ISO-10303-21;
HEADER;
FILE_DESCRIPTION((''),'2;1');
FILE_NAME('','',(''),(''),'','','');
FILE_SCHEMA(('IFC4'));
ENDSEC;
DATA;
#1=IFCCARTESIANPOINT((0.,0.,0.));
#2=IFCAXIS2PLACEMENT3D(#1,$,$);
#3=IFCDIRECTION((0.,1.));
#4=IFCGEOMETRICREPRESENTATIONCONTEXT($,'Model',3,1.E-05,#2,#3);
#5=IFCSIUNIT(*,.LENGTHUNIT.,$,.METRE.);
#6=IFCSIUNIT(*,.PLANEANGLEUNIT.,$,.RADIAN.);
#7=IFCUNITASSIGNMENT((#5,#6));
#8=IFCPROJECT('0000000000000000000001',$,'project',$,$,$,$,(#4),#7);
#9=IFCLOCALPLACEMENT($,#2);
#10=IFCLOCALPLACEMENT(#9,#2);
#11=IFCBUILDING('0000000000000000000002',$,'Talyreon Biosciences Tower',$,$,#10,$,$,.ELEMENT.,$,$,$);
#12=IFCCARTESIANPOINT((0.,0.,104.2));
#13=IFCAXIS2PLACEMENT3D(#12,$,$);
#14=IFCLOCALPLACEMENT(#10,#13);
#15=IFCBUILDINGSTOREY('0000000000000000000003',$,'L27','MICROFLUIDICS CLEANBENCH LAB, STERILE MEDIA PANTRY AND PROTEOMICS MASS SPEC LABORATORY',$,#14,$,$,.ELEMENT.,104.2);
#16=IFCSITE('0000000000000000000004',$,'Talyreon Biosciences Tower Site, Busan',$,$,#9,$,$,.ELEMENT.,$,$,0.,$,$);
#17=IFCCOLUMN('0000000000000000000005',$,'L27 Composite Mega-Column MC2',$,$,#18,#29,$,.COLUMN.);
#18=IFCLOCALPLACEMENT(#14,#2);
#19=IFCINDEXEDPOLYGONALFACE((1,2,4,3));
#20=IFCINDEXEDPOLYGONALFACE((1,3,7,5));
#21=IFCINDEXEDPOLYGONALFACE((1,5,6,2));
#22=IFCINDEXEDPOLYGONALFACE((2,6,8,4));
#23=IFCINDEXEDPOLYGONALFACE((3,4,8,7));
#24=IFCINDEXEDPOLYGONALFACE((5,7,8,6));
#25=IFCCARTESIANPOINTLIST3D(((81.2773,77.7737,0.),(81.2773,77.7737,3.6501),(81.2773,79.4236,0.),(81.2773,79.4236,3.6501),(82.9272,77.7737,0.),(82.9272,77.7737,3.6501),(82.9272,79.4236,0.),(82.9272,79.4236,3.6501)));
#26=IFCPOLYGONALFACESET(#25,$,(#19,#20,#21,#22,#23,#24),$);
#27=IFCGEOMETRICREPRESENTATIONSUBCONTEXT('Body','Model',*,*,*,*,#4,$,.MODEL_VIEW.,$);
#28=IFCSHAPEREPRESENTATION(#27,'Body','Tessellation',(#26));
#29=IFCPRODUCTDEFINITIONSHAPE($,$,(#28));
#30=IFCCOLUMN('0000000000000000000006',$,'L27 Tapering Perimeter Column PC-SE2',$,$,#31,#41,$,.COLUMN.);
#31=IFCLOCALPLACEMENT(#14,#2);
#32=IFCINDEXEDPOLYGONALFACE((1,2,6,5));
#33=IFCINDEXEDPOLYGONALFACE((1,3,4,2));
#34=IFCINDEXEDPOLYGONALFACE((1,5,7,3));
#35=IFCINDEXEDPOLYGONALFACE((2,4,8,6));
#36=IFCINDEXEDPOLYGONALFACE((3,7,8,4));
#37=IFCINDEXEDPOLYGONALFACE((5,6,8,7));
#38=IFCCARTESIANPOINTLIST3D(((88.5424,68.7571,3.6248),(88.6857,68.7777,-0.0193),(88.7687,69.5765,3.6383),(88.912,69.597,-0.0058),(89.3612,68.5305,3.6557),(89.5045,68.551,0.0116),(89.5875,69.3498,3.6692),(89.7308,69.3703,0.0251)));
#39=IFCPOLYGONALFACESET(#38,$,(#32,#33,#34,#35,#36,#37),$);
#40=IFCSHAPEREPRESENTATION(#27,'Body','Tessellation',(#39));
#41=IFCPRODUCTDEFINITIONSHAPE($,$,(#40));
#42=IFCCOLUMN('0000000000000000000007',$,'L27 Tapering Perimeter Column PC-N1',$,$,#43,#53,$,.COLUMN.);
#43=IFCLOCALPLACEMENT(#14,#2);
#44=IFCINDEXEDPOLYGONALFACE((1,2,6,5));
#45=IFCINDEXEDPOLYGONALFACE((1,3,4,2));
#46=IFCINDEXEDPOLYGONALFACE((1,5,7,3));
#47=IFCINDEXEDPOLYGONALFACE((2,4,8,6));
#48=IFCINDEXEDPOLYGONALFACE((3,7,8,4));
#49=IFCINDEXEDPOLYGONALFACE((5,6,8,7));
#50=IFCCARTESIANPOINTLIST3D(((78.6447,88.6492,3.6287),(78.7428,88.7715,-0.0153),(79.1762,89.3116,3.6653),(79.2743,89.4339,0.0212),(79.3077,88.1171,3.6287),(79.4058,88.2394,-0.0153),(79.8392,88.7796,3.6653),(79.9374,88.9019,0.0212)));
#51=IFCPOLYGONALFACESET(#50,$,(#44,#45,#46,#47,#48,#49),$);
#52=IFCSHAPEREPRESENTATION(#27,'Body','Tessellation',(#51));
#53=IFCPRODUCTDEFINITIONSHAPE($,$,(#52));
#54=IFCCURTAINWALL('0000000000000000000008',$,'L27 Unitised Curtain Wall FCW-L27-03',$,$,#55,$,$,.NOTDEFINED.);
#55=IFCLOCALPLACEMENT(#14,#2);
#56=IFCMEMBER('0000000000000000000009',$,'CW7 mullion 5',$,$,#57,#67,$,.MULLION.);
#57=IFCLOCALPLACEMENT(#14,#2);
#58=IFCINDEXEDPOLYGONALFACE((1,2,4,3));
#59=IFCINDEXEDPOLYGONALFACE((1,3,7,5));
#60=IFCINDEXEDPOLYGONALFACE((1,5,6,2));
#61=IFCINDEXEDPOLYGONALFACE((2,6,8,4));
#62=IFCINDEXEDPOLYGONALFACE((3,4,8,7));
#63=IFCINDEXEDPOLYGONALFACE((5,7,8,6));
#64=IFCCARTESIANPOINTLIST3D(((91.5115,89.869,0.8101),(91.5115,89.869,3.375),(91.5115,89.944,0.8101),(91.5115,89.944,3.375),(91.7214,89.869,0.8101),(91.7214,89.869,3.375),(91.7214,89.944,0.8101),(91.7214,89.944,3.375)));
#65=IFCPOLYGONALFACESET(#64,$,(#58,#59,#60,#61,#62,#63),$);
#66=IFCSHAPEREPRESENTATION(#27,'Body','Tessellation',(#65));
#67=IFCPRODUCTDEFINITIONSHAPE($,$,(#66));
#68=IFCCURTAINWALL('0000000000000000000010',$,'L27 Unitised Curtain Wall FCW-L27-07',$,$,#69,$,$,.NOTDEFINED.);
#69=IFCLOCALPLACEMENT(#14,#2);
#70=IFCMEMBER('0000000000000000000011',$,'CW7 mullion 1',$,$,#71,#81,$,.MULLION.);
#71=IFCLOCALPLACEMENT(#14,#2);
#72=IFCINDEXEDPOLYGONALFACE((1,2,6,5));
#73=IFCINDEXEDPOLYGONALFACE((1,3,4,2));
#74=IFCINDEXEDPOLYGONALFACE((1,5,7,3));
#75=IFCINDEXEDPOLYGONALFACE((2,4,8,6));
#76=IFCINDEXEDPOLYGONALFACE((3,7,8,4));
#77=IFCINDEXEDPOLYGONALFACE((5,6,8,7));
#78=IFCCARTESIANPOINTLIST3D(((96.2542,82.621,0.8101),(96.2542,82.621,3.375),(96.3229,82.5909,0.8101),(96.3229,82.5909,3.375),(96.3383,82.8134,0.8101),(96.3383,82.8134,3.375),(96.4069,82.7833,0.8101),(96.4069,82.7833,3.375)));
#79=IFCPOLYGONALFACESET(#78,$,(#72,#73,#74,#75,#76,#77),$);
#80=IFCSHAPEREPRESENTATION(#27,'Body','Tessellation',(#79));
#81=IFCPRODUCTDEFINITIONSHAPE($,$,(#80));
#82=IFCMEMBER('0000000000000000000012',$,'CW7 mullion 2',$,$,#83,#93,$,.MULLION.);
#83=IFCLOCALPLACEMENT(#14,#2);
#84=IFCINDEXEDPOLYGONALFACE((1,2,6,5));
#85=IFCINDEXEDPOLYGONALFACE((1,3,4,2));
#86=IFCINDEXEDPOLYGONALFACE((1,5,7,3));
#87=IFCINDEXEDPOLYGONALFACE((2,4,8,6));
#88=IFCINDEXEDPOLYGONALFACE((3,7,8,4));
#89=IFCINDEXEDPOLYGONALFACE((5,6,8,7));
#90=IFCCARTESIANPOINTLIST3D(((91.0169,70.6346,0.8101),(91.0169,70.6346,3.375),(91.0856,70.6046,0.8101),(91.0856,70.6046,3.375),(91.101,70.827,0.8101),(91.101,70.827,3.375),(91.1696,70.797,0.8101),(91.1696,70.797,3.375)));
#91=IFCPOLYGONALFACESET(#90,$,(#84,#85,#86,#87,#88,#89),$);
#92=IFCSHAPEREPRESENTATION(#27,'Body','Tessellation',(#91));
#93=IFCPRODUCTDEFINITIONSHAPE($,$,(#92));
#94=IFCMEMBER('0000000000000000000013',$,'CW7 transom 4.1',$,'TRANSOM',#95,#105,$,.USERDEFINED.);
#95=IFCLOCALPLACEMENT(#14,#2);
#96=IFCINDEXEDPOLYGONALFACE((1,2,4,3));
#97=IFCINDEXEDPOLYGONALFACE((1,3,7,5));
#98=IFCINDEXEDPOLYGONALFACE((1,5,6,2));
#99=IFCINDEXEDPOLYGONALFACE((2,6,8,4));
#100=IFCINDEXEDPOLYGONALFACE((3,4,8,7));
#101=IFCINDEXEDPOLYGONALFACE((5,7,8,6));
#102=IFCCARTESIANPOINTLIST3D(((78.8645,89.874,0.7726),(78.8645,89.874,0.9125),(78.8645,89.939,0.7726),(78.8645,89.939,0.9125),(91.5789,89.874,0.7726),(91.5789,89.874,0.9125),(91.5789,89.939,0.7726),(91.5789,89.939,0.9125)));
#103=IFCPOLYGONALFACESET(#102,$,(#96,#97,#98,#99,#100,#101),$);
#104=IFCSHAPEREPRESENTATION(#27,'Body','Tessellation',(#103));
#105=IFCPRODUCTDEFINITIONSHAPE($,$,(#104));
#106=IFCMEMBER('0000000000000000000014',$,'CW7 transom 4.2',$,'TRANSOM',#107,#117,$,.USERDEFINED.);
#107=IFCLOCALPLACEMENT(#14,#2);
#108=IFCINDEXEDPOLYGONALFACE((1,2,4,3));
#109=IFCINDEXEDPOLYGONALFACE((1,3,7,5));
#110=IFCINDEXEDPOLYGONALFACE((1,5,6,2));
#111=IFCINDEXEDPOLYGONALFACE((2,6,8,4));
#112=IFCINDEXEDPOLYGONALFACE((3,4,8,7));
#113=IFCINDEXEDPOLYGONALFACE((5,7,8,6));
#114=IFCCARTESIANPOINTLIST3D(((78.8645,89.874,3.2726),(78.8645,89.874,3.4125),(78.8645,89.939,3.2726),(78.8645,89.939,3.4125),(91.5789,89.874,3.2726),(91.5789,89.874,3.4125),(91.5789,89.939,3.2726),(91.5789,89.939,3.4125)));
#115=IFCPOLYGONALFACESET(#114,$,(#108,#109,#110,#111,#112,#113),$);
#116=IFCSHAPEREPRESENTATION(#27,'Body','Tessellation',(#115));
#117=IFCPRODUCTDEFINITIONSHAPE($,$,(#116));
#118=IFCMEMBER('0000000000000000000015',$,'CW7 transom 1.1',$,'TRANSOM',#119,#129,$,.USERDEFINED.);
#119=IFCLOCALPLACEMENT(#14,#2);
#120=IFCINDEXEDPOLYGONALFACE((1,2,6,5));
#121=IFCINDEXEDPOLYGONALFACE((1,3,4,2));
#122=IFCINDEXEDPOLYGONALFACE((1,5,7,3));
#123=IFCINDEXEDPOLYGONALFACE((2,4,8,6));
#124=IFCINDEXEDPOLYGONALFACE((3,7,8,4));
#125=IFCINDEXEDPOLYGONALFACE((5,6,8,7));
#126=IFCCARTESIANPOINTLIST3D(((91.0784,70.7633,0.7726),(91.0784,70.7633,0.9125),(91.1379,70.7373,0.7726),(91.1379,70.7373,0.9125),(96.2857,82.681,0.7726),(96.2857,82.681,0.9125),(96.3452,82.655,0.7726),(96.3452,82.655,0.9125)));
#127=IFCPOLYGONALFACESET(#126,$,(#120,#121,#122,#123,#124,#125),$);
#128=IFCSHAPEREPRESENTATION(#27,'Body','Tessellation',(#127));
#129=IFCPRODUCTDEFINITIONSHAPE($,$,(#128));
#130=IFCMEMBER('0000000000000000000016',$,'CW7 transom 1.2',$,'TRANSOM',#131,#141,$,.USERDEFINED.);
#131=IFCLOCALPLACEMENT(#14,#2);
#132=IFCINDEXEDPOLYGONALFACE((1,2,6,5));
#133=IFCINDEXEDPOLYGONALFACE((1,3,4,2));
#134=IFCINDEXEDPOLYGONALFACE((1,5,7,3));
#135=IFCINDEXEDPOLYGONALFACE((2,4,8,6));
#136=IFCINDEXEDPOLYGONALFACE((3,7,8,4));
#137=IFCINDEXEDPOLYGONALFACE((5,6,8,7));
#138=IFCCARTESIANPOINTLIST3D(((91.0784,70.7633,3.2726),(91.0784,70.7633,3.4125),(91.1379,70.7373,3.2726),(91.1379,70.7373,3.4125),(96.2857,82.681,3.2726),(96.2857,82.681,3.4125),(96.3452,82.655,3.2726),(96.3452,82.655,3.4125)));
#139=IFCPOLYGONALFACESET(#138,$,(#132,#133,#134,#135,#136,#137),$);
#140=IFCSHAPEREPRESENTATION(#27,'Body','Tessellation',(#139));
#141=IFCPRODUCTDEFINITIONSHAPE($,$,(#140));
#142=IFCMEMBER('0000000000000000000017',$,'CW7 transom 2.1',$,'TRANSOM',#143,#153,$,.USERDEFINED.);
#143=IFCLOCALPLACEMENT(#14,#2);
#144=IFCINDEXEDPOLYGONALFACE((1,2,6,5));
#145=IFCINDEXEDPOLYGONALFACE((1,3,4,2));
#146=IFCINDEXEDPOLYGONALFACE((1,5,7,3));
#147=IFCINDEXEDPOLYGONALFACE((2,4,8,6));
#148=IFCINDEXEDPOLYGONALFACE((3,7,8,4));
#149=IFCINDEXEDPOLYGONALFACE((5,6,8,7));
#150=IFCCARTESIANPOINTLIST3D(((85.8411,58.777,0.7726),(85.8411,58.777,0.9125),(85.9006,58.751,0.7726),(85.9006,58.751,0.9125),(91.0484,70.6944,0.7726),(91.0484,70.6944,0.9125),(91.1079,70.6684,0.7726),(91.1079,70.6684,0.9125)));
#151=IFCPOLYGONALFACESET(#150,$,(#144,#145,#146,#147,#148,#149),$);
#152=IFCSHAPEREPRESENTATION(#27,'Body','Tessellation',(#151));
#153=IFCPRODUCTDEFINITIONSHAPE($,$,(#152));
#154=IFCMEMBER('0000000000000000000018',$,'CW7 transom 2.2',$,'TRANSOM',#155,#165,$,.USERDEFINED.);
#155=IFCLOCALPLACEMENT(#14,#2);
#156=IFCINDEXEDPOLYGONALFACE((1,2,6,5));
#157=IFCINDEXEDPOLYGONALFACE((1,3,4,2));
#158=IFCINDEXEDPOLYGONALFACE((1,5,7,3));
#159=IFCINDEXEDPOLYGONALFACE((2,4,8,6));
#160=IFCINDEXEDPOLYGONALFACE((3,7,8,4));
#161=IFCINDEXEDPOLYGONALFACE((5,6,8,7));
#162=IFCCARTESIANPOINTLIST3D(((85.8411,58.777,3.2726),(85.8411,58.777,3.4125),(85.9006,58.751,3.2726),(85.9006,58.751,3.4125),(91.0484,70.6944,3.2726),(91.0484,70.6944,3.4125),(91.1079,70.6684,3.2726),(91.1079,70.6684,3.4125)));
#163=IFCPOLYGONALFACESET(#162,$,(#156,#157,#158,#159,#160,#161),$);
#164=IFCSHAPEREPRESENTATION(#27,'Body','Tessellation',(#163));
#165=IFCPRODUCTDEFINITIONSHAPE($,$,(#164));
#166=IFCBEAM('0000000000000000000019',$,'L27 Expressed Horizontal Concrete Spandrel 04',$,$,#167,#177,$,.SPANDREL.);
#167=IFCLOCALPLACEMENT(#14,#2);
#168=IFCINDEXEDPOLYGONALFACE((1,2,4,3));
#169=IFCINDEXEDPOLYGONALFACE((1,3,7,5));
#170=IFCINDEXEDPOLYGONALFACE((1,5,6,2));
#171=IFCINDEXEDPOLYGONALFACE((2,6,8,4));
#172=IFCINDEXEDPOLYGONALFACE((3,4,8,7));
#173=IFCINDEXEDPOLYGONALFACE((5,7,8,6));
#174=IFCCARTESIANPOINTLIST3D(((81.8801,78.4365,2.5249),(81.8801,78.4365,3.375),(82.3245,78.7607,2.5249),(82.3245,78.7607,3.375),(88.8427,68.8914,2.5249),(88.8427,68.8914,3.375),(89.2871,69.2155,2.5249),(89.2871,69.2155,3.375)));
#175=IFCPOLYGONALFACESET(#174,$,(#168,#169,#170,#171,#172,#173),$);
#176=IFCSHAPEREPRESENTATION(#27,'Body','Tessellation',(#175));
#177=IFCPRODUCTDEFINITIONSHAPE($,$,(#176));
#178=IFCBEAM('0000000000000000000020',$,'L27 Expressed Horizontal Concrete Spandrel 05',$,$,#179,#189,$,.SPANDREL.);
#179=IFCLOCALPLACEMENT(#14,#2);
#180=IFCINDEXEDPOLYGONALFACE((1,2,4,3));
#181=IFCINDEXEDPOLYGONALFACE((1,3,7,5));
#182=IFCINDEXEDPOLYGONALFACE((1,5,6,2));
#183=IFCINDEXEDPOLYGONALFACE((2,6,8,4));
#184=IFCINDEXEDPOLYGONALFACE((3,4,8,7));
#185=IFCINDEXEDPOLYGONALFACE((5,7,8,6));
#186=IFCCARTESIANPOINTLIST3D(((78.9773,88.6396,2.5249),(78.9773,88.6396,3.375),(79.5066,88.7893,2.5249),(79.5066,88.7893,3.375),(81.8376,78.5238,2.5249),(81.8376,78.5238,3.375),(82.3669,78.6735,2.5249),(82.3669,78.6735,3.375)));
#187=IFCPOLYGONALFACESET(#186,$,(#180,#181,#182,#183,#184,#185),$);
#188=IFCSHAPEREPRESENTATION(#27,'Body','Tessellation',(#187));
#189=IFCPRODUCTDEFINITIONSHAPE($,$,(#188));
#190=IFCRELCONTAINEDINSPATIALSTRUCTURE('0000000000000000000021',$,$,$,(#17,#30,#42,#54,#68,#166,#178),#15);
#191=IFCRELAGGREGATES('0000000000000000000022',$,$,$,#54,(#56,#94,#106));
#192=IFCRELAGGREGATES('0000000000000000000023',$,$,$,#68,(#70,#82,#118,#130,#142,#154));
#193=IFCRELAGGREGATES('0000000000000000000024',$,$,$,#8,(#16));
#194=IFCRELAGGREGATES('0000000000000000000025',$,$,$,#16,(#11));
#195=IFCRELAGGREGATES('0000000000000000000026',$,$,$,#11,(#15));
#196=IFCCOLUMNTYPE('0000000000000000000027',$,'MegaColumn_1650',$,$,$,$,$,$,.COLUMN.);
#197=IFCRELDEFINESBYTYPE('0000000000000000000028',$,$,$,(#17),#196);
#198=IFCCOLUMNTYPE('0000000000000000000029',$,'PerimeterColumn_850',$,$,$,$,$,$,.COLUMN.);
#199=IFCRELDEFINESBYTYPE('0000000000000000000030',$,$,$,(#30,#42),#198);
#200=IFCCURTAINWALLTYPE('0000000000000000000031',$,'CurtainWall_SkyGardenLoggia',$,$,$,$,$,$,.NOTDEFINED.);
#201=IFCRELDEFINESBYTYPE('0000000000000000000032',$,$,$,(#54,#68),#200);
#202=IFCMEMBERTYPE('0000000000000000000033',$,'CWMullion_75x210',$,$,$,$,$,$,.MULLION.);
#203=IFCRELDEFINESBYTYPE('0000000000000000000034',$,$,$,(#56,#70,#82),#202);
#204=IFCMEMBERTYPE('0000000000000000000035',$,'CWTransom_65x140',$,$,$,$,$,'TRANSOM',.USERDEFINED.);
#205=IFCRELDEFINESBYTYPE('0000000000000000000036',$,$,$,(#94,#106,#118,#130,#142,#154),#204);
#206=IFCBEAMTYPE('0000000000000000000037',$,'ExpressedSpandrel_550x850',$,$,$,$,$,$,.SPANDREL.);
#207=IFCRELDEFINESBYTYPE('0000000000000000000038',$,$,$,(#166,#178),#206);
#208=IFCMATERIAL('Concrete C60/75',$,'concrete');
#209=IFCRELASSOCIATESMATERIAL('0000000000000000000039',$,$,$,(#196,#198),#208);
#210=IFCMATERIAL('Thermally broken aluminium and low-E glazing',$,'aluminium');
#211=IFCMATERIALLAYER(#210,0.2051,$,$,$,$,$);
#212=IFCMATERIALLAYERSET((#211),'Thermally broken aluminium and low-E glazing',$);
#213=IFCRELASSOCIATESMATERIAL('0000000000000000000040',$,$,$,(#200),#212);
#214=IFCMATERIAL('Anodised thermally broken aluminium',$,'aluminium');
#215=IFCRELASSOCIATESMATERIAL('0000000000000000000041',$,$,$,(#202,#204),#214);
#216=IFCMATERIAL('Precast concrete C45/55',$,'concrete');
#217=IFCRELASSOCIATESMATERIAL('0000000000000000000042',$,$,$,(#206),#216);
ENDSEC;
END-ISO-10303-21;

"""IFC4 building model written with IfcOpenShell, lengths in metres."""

from ifc_helpers import new_model, si_unit, direction, frame, origin, origin_2d, place, context, subcontext, project, spatial, rectangle, extrude, material, layer, layer_set, material_profile, profile_set, type_object, element, aggregate, save


model = new_model("IFC4")

# Units and contexts
model_context = context("Model", 3, precision=1e-05, world=origin(), true_north=direction((0.0, 1.0)))
body_context = subcontext(model_context, "Body", "Model", "MODEL_VIEW")
ifc_project = project(units=[si_unit("LENGTHUNIT", "METRE"), si_unit("PLANEANGLEUNIT", "RADIAN")], contexts=[model_context])

# Site, building, storey
site_placement = place(None, origin())
site = spatial("IfcSite", under=ifc_project, at=site_placement, Name="Talyreon Biosciences Tower Site, Busan", CompositionType="ELEMENT", RefElevation=0.0)
building_placement = place(site_placement, origin())
building = spatial("IfcBuilding", under=site, at=building_placement, Name="Talyreon Biosciences Tower", CompositionType="ELEMENT")
storey_placement = place(building_placement, frame((0.0, 0.0, 104.2)))
storey = spatial("IfcBuildingStorey", under=building, at=storey_placement, Name="L27", Description="MICROFLUIDICS CLEANBENCH LAB, STERILE MEDIA PANTRY AND PROTEOMICS MASS SPEC LABORATORY", CompositionType="ELEMENT", Elevation=104.2)

# Columns
ifc_material_1 = material(Name="Concrete C60/75", Category="concrete")
ifc_material_profile_1 = material_profile(ifc_material_1, rectangle(XDim=1.6499, YDim=1.6499, at=origin_2d()), Name="RC 1650x1650")
ifc_profile_set_1 = profile_set([ifc_material_profile_1], Name="Concrete C60/75")
column_type_1 = type_object("IfcColumnType", Name="MegaColumn_1650", PredefinedType="COLUMN", material=ifc_profile_set_1)
column_1_placement = place(storey_placement, frame((82.1023, 78.5986, 0.0), z_axis=(0.0, 0.0, 1.0), x_axis=(1.0, 0.0, 0.0)))
element("IfcColumn", 1, at=column_1_placement, inside=storey, type_object=column_type_1, Name="L27 Composite Mega-Column MC2", PredefinedType="COLUMN", context=body_context, shape_type="SweptSolid", body=[
    extrude(rectangle(XDim=1.6499, YDim=1.6499, at=origin_2d()), origin(), (0.0, 0.0, 1.0), 3.6501),
])
ifc_material_profile_2 = material_profile(ifc_material_1, rectangle(XDim=0.8501, YDim=0.8501, at=origin_2d()), Name="RC 850x850")
ifc_profile_set_2 = profile_set([ifc_material_profile_2], Name="Concrete C60/75")
column_type_2 = type_object("IfcColumnType", Name="PerimeterColumn_850", PredefinedType="COLUMN", material=ifc_profile_set_2)
column_2_placement = place(storey_placement, frame((89.2083, 69.074, 0.0029), z_axis=(-0.039296, -0.005623, 0.999212), x_axis=(0.96311, -0.266638, 0.036376)))
element("IfcColumn", 2, at=column_2_placement, inside=storey, type_object=column_type_2, Name="L27 Tapering Perimeter Column PC-SE2", PredefinedType="COLUMN", context=body_context, shape_type="SweptSolid", body=[
    extrude(rectangle(XDim=0.8501, YDim=0.8501, at=origin_2d()), origin(), (0.0, 0.0, 1.0), 3.647),
])
column_3_placement = place(storey_placement, frame((79.3401, 88.8367, 0.0029), z_axis=(-0.026908, -0.033535, 0.999075), x_axis=(-0.779957, 0.625834, 0.0)))
element("IfcColumn", 3, at=column_3_placement, inside=storey, type_object=column_type_2, Name="L27 Tapering Perimeter Column PC-N1", PredefinedType="COLUMN", context=body_context, shape_type="SweptSolid", body=[
    extrude(rectangle(XDim=0.8501, YDim=0.8501, at=origin_2d()), origin(), (0.0, 0.0, 1.0), 3.6475),
])

# Curtain wall, member
ifc_material_2 = material(Name="Thermally broken aluminium and low-E glazing", Category="aluminium")
ifc_layer_1 = layer(ifc_material_2, 0.2051)
ifc_layer_set_1 = layer_set([ifc_layer_1], Name="Thermally broken aluminium and low-E glazing")
curtain_wall_type = type_object("IfcCurtainWallType", Name="CurtainWall_SkyGardenLoggia", PredefinedType="NOTDEFINED", material=ifc_layer_set_1)
curtain_wall_1_placement = place(storey_placement, origin())
curtain_wall_1 = element("IfcCurtainWall", 4, at=curtain_wall_1_placement, inside=storey, type_object=curtain_wall_type, Name="L27 Unitised Curtain Wall FCW-L27-03", PredefinedType="NOTDEFINED")
ifc_material_3 = material(Name="Anodised thermally broken aluminium", Category="aluminium")
ifc_material_profile_3 = material_profile(ifc_material_3, rectangle(XDim=0.075, YDim=0.21, at=origin_2d()), Name="ALUM MULLION 75x210")
ifc_profile_set_3 = profile_set([ifc_material_profile_3], Name="Anodised thermally broken aluminium")
member_type_1 = type_object("IfcMemberType", Name="CWMullion_75x210", PredefinedType="MULLION", material=ifc_profile_set_3)
member_1_placement = place(storey_placement, frame((91.6165, 89.9065, 0.8101), z_axis=(0.0, 0.0, 1.0), x_axis=(0.0, 1.0, 0.0)))
member_1 = element("IfcMember", 5, at=member_1_placement, type_object=member_type_1, Name="CW7 mullion 5", PredefinedType="MULLION", context=body_context, shape_type="SweptSolid", body=[
    extrude(rectangle(XDim=0.075, YDim=0.21, at=origin_2d()), origin(), (0.0, 0.0, 1.0), 2.5649),
])

# Curtain wall, members
curtain_wall_2_placement = place(storey_placement, origin())
curtain_wall_2 = element("IfcCurtainWall", 6, at=curtain_wall_2_placement, inside=storey, type_object=curtain_wall_type, Name="L27 Unitised Curtain Wall FCW-L27-07", PredefinedType="NOTDEFINED")
member_2_placement = place(storey_placement, frame((96.3306, 82.7021, 0.8101), z_axis=(0.0, 0.0, 1.0), x_axis=(0.916347, -0.400385, 0.0)))
member_2 = element("IfcMember", 7, at=member_2_placement, type_object=member_type_1, Name="CW7 mullion 1", PredefinedType="MULLION", context=body_context, shape_type="SweptSolid", body=[
    extrude(rectangle(XDim=0.075, YDim=0.21, at=origin_2d()), origin(), (0.0, 0.0, 1.0), 2.5649),
])
member_3_placement = place(storey_placement, frame((91.0933, 70.7158, 0.8101), z_axis=(0.0, 0.0, 1.0), x_axis=(0.916347, -0.400385, 0.0)))
member_3 = element("IfcMember", 8, at=member_3_placement, type_object=member_type_1, Name="CW7 mullion 2", PredefinedType="MULLION", context=body_context, shape_type="SweptSolid", body=[
    extrude(rectangle(XDim=0.075, YDim=0.21, at=origin_2d()), origin(), (0.0, 0.0, 1.0), 2.5649),
])

# Members
ifc_material_profile_4 = material_profile(ifc_material_3, rectangle(XDim=0.0649, YDim=0.1399, at=origin_2d()), Name="ALUM TRANSOM 65x140")
ifc_profile_set_4 = profile_set([ifc_material_profile_4], Name="Anodised thermally broken aluminium")
member_type_2 = type_object("IfcMemberType", Name="CWTransom_65x140", ElementType="TRANSOM", PredefinedType="USERDEFINED", material=ifc_profile_set_4)
member_4_placement = place(storey_placement, frame((78.8645, 89.9065, 0.8425), z_axis=(1.0, 0.0, 0.0), x_axis=(0.0, 1.0, 0.0)))
member_4 = element("IfcMember", 9, at=member_4_placement, type_object=member_type_2, Name="CW7 transom 4.1", ObjectType="TRANSOM", PredefinedType="USERDEFINED", context=body_context, shape_type="SweptSolid", body=[
    extrude(rectangle(XDim=0.0649, YDim=0.1399, at=origin_2d()), origin(), (0.0, 0.0, 1.0), 12.7144),
])
member_5_placement = place(storey_placement, frame((78.8645, 89.9065, 3.3425), z_axis=(1.0, 0.0, 0.0), x_axis=(0.0, 1.0, 0.0)))
member_5 = element("IfcMember", 10, at=member_5_placement, type_object=member_type_2, Name="CW7 transom 4.2", ObjectType="TRANSOM", PredefinedType="USERDEFINED", context=body_context, shape_type="SweptSolid", body=[
    extrude(rectangle(XDim=0.0649, YDim=0.1399, at=origin_2d()), origin(), (0.0, 0.0, 1.0), 12.7144),
])
member_6_placement = place(storey_placement, frame((96.3154, 82.668, 0.8425), z_axis=(-0.400385, -0.916347, 0.0), x_axis=(0.916347, -0.400385, 0.0)))
member_6 = element("IfcMember", 11, at=member_6_placement, type_object=member_type_2, Name="CW7 transom 1.1", ObjectType="TRANSOM", PredefinedType="USERDEFINED", context=body_context, shape_type="SweptSolid", body=[
    extrude(rectangle(XDim=0.0649, YDim=0.1399, at=origin_2d()), origin(), (0.0, 0.0, 1.0), 13.0056),
])
member_7_placement = place(storey_placement, frame((96.3154, 82.668, 3.3425), z_axis=(-0.400385, -0.916347, 0.0), x_axis=(0.916347, -0.400385, 0.0)))
member_7 = element("IfcMember", 12, at=member_7_placement, type_object=member_type_2, Name="CW7 transom 1.2", ObjectType="TRANSOM", PredefinedType="USERDEFINED", context=body_context, shape_type="SweptSolid", body=[
    extrude(rectangle(XDim=0.0649, YDim=0.1399, at=origin_2d()), origin(), (0.0, 0.0, 1.0), 13.0056),
])
member_8_placement = place(storey_placement, frame((91.0781, 70.6814, 0.8425), z_axis=(-0.400391, -0.916344, 0.0), x_axis=(0.916344, -0.400391, 0.0)))
member_8 = element("IfcMember", 13, at=member_8_placement, type_object=member_type_2, Name="CW7 transom 2.1", ObjectType="TRANSOM", PredefinedType="USERDEFINED", context=body_context, shape_type="SweptSolid", body=[
    extrude(rectangle(XDim=0.0649, YDim=0.1399, at=origin_2d()), origin(), (0.0, 0.0, 1.0), 13.0054),
])
member_9_placement = place(storey_placement, frame((91.0781, 70.6814, 3.3425), z_axis=(-0.400391, -0.916344, 0.0), x_axis=(0.916344, -0.400391, 0.0)))
member_9 = element("IfcMember", 14, at=member_9_placement, type_object=member_type_2, Name="CW7 transom 2.2", ObjectType="TRANSOM", PredefinedType="USERDEFINED", context=body_context, shape_type="SweptSolid", body=[
    extrude(rectangle(XDim=0.0649, YDim=0.1399, at=origin_2d()), origin(), (0.0, 0.0, 1.0), 13.0054),
])

# Beams
ifc_material_4 = material(Name="Precast concrete C45/55", Category="concrete")
ifc_material_profile_5 = material_profile(ifc_material_4, rectangle(XDim=0.55, YDim=0.8501, at=origin_2d()), Name="RCB 550x850")
ifc_profile_set_5 = profile_set([ifc_material_profile_5], Name="Precast concrete C45/55")
beam_type_1 = type_object("IfcBeamType", Name="ExpressedSpandrel_550x850", PredefinedType="SPANDREL", material=ifc_profile_set_5)
beam_1_placement = place(storey_placement, frame((89.0649, 69.0535, 2.95), z_axis=(-0.589317, 0.807902, 0.0), x_axis=(-0.807902, -0.589317, 0.0)))
element("IfcBeam", 15, at=beam_1_placement, inside=storey, type_object=beam_type_1, Name="L27 Expressed Horizontal Concrete Spandrel 04", PredefinedType="SPANDREL", context=body_context, shape_type="SweptSolid", body=[
    extrude(rectangle(XDim=0.55, YDim=0.8501, at=origin_2d()), origin(), (0.0, 0.0, 1.0), 11.8147),
])
beam_2_placement = place(storey_placement, frame((82.1023, 78.5986, 2.95), z_axis=(-0.272094, 0.962271, 0.0), x_axis=(-0.962271, -0.272094, 0.0)))
element("IfcBeam", 16, at=beam_2_placement, inside=storey, type_object=beam_type_1, Name="L27 Expressed Horizontal Concrete Spandrel 05", PredefinedType="SPANDREL", context=body_context, shape_type="SweptSolid", body=[
    extrude(rectangle(XDim=0.55, YDim=0.8501, at=origin_2d()), origin(), (0.0, 0.0, 1.0), 10.5125),
])

aggregate(curtain_wall_1, [member_1, member_4, member_5])
aggregate(curtain_wall_2, [member_2, member_3, member_6, member_7, member_8, member_9])

save(model, "model.ifc")
